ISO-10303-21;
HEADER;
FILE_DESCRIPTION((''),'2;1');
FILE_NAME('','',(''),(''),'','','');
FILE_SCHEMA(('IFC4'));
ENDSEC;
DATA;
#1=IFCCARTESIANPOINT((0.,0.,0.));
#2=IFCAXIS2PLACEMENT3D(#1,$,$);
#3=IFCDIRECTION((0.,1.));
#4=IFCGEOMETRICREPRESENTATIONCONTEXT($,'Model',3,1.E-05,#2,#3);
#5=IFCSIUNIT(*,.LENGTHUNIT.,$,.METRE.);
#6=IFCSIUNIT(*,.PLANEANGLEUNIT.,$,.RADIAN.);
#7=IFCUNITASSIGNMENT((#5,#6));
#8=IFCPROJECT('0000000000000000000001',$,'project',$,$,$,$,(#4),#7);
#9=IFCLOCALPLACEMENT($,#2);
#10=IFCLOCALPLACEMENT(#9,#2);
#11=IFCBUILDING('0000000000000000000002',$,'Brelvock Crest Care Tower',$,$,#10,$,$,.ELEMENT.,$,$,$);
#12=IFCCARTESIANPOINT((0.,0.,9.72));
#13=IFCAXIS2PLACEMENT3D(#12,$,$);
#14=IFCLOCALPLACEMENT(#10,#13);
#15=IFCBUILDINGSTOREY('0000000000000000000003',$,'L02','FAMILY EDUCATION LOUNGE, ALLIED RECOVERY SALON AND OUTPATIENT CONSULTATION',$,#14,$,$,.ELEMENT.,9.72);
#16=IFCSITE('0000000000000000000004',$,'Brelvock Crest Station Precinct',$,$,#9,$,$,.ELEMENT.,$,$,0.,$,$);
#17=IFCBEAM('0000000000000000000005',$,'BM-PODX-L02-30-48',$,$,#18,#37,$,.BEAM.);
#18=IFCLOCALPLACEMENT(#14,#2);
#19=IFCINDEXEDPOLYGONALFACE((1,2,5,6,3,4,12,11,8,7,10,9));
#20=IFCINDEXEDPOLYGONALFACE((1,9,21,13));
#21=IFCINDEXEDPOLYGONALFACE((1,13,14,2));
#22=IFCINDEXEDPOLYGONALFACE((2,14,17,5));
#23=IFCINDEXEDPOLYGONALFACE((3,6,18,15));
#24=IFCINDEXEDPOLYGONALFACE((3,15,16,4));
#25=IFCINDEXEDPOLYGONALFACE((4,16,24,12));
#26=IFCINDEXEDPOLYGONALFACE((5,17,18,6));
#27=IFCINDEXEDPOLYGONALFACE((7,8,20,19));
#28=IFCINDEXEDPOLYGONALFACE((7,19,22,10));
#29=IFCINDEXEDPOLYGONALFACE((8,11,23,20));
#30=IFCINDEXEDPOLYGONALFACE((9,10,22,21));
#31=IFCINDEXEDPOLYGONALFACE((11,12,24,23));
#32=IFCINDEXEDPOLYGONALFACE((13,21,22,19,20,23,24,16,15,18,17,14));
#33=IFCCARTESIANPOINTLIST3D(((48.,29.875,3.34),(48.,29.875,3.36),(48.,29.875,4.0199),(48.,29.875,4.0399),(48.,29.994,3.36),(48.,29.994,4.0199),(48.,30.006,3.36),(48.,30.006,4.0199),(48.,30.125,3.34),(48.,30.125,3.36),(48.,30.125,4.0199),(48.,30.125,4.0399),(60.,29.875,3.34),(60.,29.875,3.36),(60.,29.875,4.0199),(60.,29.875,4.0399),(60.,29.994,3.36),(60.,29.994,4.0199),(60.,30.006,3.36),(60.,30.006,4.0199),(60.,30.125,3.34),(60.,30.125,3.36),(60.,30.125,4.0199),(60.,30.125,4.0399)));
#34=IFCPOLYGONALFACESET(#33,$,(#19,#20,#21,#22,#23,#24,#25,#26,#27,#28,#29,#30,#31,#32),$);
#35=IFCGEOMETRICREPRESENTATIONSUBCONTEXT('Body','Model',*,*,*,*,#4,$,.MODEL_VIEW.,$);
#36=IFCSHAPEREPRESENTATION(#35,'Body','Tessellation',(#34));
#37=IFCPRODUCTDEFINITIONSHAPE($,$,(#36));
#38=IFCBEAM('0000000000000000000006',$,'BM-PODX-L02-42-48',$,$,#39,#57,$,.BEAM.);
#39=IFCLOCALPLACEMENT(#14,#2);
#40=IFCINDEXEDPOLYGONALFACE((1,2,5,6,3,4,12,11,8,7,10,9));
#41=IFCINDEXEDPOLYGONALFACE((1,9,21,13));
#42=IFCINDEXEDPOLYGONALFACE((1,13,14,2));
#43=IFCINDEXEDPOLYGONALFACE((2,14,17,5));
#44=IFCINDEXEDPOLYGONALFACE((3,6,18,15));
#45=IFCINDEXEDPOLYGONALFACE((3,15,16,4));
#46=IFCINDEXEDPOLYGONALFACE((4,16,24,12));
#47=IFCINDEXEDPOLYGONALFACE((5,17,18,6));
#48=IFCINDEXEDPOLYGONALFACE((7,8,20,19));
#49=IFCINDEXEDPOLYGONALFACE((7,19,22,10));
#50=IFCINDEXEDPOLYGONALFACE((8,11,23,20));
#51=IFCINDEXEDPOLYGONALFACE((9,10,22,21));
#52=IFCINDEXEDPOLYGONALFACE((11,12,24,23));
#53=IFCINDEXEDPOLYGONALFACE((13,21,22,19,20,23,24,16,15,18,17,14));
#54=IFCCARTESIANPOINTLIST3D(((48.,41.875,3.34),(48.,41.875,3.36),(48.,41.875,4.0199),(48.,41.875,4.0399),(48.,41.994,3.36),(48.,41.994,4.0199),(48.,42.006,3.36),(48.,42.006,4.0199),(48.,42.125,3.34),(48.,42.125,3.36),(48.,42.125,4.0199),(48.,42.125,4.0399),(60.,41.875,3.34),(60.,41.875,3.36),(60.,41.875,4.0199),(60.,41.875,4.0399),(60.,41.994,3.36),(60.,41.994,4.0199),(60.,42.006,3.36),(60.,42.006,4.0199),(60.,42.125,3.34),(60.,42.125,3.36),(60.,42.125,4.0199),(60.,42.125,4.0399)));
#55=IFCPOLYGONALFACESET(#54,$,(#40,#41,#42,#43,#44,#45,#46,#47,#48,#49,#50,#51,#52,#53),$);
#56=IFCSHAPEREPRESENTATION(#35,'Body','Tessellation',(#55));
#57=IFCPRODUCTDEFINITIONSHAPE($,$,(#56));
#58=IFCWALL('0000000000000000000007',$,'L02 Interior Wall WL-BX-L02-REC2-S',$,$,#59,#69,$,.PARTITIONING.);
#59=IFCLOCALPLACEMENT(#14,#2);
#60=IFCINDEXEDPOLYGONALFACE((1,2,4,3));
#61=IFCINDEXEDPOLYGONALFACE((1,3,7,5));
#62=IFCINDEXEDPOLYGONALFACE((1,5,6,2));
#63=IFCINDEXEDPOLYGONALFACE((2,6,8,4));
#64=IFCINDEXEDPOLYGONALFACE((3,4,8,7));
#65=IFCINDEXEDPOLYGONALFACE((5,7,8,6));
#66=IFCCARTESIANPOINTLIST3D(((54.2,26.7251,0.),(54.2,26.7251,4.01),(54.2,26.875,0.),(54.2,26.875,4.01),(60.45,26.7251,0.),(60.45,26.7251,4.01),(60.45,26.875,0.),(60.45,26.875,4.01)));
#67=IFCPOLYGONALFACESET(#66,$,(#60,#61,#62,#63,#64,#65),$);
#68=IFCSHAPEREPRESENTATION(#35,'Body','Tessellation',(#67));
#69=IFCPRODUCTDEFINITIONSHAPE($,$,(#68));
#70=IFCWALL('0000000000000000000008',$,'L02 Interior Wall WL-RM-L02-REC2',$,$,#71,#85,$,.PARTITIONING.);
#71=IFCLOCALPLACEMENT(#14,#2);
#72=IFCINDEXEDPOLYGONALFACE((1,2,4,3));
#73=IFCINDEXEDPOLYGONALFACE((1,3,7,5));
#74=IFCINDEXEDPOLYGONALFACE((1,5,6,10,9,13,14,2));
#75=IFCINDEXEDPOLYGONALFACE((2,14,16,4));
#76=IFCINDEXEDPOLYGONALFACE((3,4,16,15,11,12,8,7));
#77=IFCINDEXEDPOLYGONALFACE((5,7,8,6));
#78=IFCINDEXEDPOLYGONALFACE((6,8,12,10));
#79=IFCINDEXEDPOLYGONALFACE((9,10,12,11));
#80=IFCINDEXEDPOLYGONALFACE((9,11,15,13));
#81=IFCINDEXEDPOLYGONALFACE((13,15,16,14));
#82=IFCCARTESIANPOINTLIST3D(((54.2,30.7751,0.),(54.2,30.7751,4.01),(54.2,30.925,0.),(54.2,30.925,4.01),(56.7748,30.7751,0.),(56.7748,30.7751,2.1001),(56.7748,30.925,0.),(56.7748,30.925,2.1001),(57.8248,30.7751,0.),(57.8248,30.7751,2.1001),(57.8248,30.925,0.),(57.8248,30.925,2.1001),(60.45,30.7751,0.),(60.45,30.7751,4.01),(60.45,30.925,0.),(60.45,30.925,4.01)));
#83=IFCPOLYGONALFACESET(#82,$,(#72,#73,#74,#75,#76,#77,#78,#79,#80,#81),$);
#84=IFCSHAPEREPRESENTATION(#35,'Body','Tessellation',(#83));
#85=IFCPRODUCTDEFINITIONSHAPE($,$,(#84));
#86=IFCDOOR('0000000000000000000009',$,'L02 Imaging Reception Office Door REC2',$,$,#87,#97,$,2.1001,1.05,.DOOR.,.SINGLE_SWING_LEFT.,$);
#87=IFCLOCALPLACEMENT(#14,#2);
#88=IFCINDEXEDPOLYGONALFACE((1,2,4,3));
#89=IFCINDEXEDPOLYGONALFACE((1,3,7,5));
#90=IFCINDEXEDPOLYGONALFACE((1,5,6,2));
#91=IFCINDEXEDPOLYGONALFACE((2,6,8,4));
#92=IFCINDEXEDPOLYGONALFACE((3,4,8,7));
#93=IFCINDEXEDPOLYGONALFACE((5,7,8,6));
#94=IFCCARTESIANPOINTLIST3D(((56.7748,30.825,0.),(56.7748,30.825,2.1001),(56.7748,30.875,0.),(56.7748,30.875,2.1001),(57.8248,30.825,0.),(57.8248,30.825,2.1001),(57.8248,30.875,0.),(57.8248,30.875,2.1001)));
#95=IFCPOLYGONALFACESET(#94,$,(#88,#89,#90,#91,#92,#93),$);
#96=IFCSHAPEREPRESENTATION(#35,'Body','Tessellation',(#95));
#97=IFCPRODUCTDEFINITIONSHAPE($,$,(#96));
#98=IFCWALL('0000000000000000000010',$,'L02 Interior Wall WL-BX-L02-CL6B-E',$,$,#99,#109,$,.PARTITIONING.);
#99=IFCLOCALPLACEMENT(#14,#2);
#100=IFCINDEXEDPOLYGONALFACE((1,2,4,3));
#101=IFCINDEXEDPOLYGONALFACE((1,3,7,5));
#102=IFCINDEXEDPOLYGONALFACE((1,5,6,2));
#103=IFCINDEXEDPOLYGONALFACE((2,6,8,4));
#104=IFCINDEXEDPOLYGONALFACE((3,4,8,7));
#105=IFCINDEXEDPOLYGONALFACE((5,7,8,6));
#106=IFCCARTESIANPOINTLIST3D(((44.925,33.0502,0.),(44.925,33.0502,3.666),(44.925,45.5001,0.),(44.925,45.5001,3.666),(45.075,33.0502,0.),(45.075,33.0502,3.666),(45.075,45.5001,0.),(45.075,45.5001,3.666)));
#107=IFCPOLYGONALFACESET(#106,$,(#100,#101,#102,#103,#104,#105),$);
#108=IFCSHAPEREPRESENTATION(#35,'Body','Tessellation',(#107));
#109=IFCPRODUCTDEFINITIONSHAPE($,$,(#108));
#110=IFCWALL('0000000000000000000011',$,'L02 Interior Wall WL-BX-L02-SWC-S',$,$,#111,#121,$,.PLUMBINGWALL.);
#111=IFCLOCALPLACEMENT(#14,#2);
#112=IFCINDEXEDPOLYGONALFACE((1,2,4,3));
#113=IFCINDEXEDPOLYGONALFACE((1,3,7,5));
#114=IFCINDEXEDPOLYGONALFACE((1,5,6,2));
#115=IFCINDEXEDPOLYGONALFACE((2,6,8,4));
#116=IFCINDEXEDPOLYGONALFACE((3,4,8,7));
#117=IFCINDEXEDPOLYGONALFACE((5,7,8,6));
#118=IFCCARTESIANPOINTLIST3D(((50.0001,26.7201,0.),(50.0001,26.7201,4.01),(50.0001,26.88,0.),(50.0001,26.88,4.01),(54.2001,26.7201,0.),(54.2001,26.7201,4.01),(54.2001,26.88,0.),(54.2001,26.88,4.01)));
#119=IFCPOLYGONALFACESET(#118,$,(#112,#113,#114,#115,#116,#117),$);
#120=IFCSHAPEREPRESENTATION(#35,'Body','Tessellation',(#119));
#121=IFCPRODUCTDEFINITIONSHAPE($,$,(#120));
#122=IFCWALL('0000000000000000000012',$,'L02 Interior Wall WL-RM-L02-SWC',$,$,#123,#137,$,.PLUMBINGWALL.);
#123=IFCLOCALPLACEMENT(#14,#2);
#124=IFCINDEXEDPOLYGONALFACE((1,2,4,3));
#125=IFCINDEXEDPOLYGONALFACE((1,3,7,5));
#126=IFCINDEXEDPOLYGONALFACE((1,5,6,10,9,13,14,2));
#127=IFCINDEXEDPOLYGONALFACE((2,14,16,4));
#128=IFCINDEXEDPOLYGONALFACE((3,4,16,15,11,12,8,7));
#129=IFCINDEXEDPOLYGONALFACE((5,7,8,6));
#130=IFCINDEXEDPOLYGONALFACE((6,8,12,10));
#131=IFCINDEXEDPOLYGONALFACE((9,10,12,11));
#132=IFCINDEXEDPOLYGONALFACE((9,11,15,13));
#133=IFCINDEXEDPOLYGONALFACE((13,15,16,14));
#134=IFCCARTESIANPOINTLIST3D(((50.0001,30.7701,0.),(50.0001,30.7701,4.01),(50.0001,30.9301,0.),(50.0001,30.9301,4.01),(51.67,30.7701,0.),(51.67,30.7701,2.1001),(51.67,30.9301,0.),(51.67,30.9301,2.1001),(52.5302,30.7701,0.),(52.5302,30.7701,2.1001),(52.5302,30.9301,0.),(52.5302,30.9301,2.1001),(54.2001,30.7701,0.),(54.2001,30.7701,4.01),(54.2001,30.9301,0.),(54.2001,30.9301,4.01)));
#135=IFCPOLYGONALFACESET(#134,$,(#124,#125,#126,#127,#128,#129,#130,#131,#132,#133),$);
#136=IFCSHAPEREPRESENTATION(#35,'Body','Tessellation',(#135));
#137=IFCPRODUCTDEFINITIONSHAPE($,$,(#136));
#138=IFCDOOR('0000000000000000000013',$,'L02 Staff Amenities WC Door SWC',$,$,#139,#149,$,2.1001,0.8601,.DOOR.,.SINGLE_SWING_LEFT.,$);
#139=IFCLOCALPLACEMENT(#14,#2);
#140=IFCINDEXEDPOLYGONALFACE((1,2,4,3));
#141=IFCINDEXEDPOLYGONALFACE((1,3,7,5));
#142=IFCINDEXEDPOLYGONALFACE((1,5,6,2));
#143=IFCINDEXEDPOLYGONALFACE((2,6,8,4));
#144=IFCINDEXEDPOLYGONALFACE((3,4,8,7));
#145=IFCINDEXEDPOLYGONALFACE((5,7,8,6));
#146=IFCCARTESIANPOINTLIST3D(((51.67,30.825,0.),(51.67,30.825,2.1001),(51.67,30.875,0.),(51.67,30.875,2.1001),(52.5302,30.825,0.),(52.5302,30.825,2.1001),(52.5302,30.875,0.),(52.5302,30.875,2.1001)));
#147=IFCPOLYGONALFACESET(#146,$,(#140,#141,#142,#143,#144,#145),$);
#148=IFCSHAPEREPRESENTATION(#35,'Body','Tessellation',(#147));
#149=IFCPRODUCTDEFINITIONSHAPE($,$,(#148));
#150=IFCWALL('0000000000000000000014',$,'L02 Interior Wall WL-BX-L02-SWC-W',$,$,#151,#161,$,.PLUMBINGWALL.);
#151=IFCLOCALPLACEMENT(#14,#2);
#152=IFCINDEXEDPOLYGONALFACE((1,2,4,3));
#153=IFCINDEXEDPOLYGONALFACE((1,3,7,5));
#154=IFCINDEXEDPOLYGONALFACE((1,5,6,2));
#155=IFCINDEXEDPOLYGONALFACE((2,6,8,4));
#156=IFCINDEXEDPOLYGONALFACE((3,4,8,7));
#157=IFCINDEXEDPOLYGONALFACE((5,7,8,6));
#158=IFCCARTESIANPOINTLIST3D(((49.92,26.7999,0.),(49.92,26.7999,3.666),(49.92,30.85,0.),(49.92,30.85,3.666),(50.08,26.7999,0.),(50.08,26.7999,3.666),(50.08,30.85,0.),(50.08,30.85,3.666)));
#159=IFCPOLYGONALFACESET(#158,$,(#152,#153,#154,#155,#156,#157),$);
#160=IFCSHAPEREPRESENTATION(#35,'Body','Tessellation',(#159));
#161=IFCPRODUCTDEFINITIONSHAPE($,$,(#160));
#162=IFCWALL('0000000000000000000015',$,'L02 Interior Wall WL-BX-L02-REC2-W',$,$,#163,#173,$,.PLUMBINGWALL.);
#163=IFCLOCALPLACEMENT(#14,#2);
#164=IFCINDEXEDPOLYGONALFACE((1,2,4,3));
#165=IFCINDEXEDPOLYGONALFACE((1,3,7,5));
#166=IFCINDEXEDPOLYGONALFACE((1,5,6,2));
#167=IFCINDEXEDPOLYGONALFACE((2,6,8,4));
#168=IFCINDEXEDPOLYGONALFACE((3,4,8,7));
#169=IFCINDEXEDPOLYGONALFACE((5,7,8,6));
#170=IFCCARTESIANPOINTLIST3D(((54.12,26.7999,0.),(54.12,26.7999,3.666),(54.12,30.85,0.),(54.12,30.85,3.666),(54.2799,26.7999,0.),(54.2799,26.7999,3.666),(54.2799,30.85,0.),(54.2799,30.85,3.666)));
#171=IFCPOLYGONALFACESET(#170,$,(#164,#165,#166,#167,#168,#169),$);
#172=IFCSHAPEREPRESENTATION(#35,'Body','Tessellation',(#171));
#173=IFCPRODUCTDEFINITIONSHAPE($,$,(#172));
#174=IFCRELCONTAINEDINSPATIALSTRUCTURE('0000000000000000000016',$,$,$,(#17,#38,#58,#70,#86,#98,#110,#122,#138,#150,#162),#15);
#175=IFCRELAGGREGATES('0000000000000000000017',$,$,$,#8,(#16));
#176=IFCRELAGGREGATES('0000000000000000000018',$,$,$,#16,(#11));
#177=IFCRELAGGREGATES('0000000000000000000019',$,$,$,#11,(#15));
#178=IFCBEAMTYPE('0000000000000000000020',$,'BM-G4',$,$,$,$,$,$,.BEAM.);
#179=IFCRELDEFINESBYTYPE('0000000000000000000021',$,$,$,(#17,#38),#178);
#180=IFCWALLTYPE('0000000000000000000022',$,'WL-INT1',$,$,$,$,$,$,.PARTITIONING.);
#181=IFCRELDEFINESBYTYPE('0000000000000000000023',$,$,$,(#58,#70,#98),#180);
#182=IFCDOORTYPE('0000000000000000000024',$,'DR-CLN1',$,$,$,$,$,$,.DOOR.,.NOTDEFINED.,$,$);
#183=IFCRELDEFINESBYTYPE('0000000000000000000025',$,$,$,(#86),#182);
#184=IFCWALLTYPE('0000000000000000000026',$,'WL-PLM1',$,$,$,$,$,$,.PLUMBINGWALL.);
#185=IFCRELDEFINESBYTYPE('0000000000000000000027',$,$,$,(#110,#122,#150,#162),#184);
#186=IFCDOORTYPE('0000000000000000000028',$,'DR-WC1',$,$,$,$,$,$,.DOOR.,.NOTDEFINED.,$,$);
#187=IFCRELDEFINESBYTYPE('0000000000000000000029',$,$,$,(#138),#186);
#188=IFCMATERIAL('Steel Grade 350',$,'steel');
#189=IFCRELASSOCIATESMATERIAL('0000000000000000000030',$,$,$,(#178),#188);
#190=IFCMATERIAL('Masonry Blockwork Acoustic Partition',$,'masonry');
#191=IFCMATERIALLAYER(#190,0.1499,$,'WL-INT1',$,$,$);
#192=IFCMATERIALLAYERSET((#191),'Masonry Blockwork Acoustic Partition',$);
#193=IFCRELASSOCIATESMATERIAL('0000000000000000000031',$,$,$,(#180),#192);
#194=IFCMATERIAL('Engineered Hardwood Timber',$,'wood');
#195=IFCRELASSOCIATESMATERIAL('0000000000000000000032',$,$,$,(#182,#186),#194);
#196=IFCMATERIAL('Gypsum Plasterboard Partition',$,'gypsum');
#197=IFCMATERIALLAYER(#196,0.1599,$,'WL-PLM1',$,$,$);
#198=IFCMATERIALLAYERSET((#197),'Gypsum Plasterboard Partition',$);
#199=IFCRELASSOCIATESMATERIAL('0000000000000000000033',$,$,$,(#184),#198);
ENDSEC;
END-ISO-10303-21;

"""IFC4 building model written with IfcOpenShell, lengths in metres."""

from ifc_helpers import new_model, si_unit, direction, frame, frame_2d, origin, origin_2d, place, context, subcontext, project, spatial, rectangle, i_section, extrude, source, transform, mapped, material, layer, layer_set, material_profile, profile_set, type_object, element, fill, save


model = new_model("IFC4")

# Units and contexts
model_context = context("Model", 3, precision=1e-05, world=origin(), true_north=direction((0.0, 1.0)))
body_context = subcontext(model_context, "Body", "Model", "MODEL_VIEW")
ifc_project = project(units=[si_unit("LENGTHUNIT", "METRE"), si_unit("PLANEANGLEUNIT", "RADIAN")], contexts=[model_context])

# Site, building, storey
site_placement = place(None, origin())
site = spatial("IfcSite", under=ifc_project, at=site_placement, Name="Brelvock Crest Station Precinct", CompositionType="ELEMENT", RefElevation=0.0)
building_placement = place(site_placement, origin())
building = spatial("IfcBuilding", under=site, at=building_placement, Name="Brelvock Crest Care Tower", CompositionType="ELEMENT")
storey_placement = place(building_placement, frame((0.0, 0.0, 9.72)))
storey = spatial("IfcBuildingStorey", under=building, at=storey_placement, Name="L02", Description="FAMILY EDUCATION LOUNGE, ALLIED RECOVERY SALON AND OUTPATIENT CONSULTATION", CompositionType="ELEMENT", Elevation=9.72)

# Shared definitions
ifc_material_1 = material(Name="Steel Grade 350", Category="steel")

# Beams
ifc_material_profile_1 = material_profile(ifc_material_1, i_section(OverallWidth=0.25, OverallDepth=0.7, WebThickness=0.012, FlangeThickness=0.02, at=origin_2d()), Name="700WB150")
ifc_profile_set_1 = profile_set([ifc_material_profile_1], Name="Steel Grade 350")
beam_type_1 = type_object("IfcBeamType", Name="BM-G4", PredefinedType="BEAM", material=ifc_profile_set_1)
shared_shape_1 = source(origin(), body_context, "Body", "SweptSolid", [
    extrude(i_section(OverallWidth=0.25, OverallDepth=0.7, WebThickness=0.012, FlangeThickness=0.02, at=origin_2d()), origin(), (0.0, 0.0, 1.0), 12.0),
])
for number, where, z_axis, x_axis, name in (
    (1, (48.0, 30.0, 3.6899), (1.0, 0.0, 0.0), (0.0, 1.0, 0.0), "BM-PODX-L02-30-48"),
    (2, (48.0, 42.0, 3.6899), (1.0, 0.0, 0.0), (0.0, 1.0, 0.0), "BM-PODX-L02-42-48"),
):
    element("IfcBeam", number, at=place(storey_placement, frame(where, z_axis=z_axis, x_axis=x_axis)), inside=storey, type_object=beam_type_1, Name=name, PredefinedType="BEAM", context=body_context, shape_type="MappedRepresentation", body=[
        mapped(shared_shape_1, transform((0.0, 0.0, 0.0), x_axis=(1.0, 0.0, 0.0), y_axis=(0.0, 1.0, 0.0), z_axis=(0.0, 0.0, 1.0), scale=1.0)),
    ])

# Wall
ifc_material_2 = material(Name="Masonry Blockwork Acoustic Partition", Category="masonry")
ifc_layer_1 = layer(ifc_material_2, 0.1499, Name="WL-INT1")
ifc_layer_set_1 = layer_set([ifc_layer_1], Name="Masonry Blockwork Acoustic Partition")
wall_type_1 = type_object("IfcWallType", Name="WL-INT1", PredefinedType="PARTITIONING", material=ifc_layer_set_1)
wall_1_placement = place(storey_placement, frame((54.2, 26.8, 0.0), z_axis=(0.0, 0.0, 1.0), x_axis=(1.0, 0.0, 0.0)))
element("IfcWall", 3, at=wall_1_placement, inside=storey, type_object=wall_type_1, Name="L02 Interior Wall WL-BX-L02-REC2-S", PredefinedType="PARTITIONING", context=body_context, shape_type="SweptSolid", body=[
    extrude(rectangle(XDim=6.25, YDim=0.1499, at=frame_2d((3.125, 0.0))), origin(), (0.0, 0.0, 1.0), 4.01),
])

# Wall, opening, door
wall_2_placement = place(storey_placement, frame((54.2, 30.8501, 0.0), z_axis=(0.0, 0.0, 1.0), x_axis=(1.0, 0.0, 0.0)))
wall_2 = element("IfcWall", 4, at=wall_2_placement, inside=storey, type_object=wall_type_1, Name="L02 Interior Wall WL-RM-L02-REC2", PredefinedType="PARTITIONING", context=body_context, shape_type="SweptSolid", body=[
    extrude(rectangle(XDim=6.25, YDim=0.1499, at=frame_2d((3.125, 0.0))), origin(), (0.0, 0.0, 1.0), 4.01),
])
opening_1_placement = place(wall_2_placement, frame((2.575, 0.0, 0.0)))
opening_1 = element("IfcOpeningElement", 5, at=opening_1_placement, cuts=wall_2, PredefinedType="OPENING", context=body_context, shape_type="SweptSolid", body=[
    extrude(rectangle(XDim=1.05, YDim=2.1001, at=origin_2d()), frame((0.5249, 0.085, 1.05), z_axis=(0.0, -1.0, 0.0), x_axis=(1.0, 0.0, 0.0)), (0.0, 0.0, 1.0), 0.1699),
])
ifc_material_3 = material(Name="Engineered Hardwood Timber", Category="wood")
door_type_1 = type_object("IfcDoorType", Name="DR-CLN1", OperationType="NOTDEFINED", PredefinedType="DOOR", material=ifc_material_3)
shared_shape_2 = source(origin(), body_context, "Body", "SweptSolid", [
    extrude(rectangle(XDim=1.05, YDim=2.1001, at=origin_2d()), frame((0.5249, 0.0249, 1.05), z_axis=(0.0, -1.0, 0.0), x_axis=(1.0, 0.0, 0.0)), (0.0, 0.0, 1.0), 0.05),
])
door_1_placement = place(opening_1_placement, origin())
door_1 = element("IfcDoor", 6, at=door_1_placement, inside=storey, type_object=door_type_1, Name="L02 Imaging Reception Office Door REC2", OperationType="SINGLE_SWING_LEFT", OverallHeight=2.1001, OverallWidth=1.05, PredefinedType="DOOR", context=body_context, shape_type="MappedRepresentation", body=[
    mapped(shared_shape_2, transform((0.0, 0.0, 0.0), x_axis=(1.0, 0.0, 0.0), y_axis=(0.0, 1.0, 0.0), z_axis=(0.0, 0.0, 1.0), scale=1.0)),
])
fill(opening_1, door_1)

# Walls
wall_3_placement = place(storey_placement, frame((45.0, 33.05, 0.0), z_axis=(0.0, 0.0, 1.0), x_axis=(0.0, 1.0, 0.0)))
element("IfcWall", 7, at=wall_3_placement, inside=storey, type_object=wall_type_1, Name="L02 Interior Wall WL-BX-L02-CL6B-E", PredefinedType="PARTITIONING", context=body_context, shape_type="SweptSolid", body=[
    extrude(rectangle(XDim=12.45, YDim=0.1499, at=frame_2d((6.2251, 0.0))), origin(), (0.0, 0.0, 1.0), 3.666),
])
ifc_material_4 = material(Name="Gypsum Plasterboard Partition", Category="gypsum")
ifc_layer_2 = layer(ifc_material_4, 0.1599, Name="WL-PLM1")
ifc_layer_set_2 = layer_set([ifc_layer_2], Name="Gypsum Plasterboard Partition")
wall_type_2 = type_object("IfcWallType", Name="WL-PLM1", PredefinedType="PLUMBINGWALL", material=ifc_layer_set_2)
wall_4_placement = place(storey_placement, frame((50.0, 26.8, 0.0), z_axis=(0.0, 0.0, 1.0), x_axis=(1.0, 0.0, 0.0)))
element("IfcWall", 8, at=wall_4_placement, inside=storey, type_object=wall_type_2, Name="L02 Interior Wall WL-BX-L02-SWC-S", PredefinedType="PLUMBINGWALL", context=body_context, shape_type="SweptSolid", body=[
    extrude(rectangle(XDim=4.2, YDim=0.1599, at=frame_2d((2.1001, 0.0))), origin(), (0.0, 0.0, 1.0), 4.01),
])

# Wall, opening, door
wall_5_placement = place(storey_placement, frame((50.0, 30.8501, 0.0), z_axis=(0.0, 0.0, 1.0), x_axis=(1.0, 0.0, 0.0)))
wall_5 = element("IfcWall", 9, at=wall_5_placement, inside=storey, type_object=wall_type_2, Name="L02 Interior Wall WL-RM-L02-SWC", PredefinedType="PLUMBINGWALL", context=body_context, shape_type="SweptSolid", body=[
    extrude(rectangle(XDim=4.2, YDim=0.1599, at=frame_2d((2.1001, 0.0))), origin(), (0.0, 0.0, 1.0), 4.01),
])
opening_2_placement = place(wall_5_placement, frame((1.6699, 0.0, 0.0)))
opening_2 = element("IfcOpeningElement", 10, at=opening_2_placement, cuts=wall_5, PredefinedType="OPENING", context=body_context, shape_type="SweptSolid", body=[
    extrude(rectangle(XDim=0.8601, YDim=2.1001, at=origin_2d()), frame((0.4302, 0.0898, 1.05), z_axis=(0.0, -1.0, 0.0), x_axis=(1.0, 0.0, 0.0)), (0.0, 0.0, 1.0), 0.1799),
])
door_type_2 = type_object("IfcDoorType", Name="DR-WC1", OperationType="NOTDEFINED", PredefinedType="DOOR", material=ifc_material_3)
shared_shape_3 = source(origin(), body_context, "Body", "SweptSolid", [
    extrude(rectangle(XDim=0.8601, YDim=2.1001, at=origin_2d()), frame((0.4302, 0.0249, 1.05), z_axis=(0.0, -1.0, 0.0), x_axis=(1.0, 0.0, 0.0)), (0.0, 0.0, 1.0), 0.05),
])
door_2_placement = place(opening_2_placement, origin())
door_2 = element("IfcDoor", 11, at=door_2_placement, inside=storey, type_object=door_type_2, Name="L02 Staff Amenities WC Door SWC", OperationType="SINGLE_SWING_LEFT", OverallHeight=2.1001, OverallWidth=0.8601, PredefinedType="DOOR", context=body_context, shape_type="MappedRepresentation", body=[
    mapped(shared_shape_3, transform((0.0, 0.0, 0.0), x_axis=(1.0, 0.0, 0.0), y_axis=(0.0, 1.0, 0.0), z_axis=(0.0, 0.0, 1.0), scale=1.0)),
])
fill(opening_2, door_2)

# Walls
for number, where, z_axis, x_axis, name in (
    (12, (50.0, 26.8, 0.0), (0.0, 0.0, 1.0), (0.0, 1.0, 0.0), "L02 Interior Wall WL-BX-L02-SWC-W"),
    (13, (54.2, 26.8, 0.0), (0.0, 0.0, 1.0), (0.0, 1.0, 0.0), "L02 Interior Wall WL-BX-L02-REC2-W"),
):
    element("IfcWall", number, at=place(storey_placement, frame(where, z_axis=z_axis, x_axis=x_axis)), inside=storey, type_object=wall_type_2, Name=name, PredefinedType="PLUMBINGWALL", context=body_context, shape_type="SweptSolid", body=[
        extrude(rectangle(XDim=4.05, YDim=0.1599, at=frame_2d((2.0249, 0.0))), origin(), (0.0, 0.0, 1.0), 3.666),
    ])

save(model, "model.ifc")
